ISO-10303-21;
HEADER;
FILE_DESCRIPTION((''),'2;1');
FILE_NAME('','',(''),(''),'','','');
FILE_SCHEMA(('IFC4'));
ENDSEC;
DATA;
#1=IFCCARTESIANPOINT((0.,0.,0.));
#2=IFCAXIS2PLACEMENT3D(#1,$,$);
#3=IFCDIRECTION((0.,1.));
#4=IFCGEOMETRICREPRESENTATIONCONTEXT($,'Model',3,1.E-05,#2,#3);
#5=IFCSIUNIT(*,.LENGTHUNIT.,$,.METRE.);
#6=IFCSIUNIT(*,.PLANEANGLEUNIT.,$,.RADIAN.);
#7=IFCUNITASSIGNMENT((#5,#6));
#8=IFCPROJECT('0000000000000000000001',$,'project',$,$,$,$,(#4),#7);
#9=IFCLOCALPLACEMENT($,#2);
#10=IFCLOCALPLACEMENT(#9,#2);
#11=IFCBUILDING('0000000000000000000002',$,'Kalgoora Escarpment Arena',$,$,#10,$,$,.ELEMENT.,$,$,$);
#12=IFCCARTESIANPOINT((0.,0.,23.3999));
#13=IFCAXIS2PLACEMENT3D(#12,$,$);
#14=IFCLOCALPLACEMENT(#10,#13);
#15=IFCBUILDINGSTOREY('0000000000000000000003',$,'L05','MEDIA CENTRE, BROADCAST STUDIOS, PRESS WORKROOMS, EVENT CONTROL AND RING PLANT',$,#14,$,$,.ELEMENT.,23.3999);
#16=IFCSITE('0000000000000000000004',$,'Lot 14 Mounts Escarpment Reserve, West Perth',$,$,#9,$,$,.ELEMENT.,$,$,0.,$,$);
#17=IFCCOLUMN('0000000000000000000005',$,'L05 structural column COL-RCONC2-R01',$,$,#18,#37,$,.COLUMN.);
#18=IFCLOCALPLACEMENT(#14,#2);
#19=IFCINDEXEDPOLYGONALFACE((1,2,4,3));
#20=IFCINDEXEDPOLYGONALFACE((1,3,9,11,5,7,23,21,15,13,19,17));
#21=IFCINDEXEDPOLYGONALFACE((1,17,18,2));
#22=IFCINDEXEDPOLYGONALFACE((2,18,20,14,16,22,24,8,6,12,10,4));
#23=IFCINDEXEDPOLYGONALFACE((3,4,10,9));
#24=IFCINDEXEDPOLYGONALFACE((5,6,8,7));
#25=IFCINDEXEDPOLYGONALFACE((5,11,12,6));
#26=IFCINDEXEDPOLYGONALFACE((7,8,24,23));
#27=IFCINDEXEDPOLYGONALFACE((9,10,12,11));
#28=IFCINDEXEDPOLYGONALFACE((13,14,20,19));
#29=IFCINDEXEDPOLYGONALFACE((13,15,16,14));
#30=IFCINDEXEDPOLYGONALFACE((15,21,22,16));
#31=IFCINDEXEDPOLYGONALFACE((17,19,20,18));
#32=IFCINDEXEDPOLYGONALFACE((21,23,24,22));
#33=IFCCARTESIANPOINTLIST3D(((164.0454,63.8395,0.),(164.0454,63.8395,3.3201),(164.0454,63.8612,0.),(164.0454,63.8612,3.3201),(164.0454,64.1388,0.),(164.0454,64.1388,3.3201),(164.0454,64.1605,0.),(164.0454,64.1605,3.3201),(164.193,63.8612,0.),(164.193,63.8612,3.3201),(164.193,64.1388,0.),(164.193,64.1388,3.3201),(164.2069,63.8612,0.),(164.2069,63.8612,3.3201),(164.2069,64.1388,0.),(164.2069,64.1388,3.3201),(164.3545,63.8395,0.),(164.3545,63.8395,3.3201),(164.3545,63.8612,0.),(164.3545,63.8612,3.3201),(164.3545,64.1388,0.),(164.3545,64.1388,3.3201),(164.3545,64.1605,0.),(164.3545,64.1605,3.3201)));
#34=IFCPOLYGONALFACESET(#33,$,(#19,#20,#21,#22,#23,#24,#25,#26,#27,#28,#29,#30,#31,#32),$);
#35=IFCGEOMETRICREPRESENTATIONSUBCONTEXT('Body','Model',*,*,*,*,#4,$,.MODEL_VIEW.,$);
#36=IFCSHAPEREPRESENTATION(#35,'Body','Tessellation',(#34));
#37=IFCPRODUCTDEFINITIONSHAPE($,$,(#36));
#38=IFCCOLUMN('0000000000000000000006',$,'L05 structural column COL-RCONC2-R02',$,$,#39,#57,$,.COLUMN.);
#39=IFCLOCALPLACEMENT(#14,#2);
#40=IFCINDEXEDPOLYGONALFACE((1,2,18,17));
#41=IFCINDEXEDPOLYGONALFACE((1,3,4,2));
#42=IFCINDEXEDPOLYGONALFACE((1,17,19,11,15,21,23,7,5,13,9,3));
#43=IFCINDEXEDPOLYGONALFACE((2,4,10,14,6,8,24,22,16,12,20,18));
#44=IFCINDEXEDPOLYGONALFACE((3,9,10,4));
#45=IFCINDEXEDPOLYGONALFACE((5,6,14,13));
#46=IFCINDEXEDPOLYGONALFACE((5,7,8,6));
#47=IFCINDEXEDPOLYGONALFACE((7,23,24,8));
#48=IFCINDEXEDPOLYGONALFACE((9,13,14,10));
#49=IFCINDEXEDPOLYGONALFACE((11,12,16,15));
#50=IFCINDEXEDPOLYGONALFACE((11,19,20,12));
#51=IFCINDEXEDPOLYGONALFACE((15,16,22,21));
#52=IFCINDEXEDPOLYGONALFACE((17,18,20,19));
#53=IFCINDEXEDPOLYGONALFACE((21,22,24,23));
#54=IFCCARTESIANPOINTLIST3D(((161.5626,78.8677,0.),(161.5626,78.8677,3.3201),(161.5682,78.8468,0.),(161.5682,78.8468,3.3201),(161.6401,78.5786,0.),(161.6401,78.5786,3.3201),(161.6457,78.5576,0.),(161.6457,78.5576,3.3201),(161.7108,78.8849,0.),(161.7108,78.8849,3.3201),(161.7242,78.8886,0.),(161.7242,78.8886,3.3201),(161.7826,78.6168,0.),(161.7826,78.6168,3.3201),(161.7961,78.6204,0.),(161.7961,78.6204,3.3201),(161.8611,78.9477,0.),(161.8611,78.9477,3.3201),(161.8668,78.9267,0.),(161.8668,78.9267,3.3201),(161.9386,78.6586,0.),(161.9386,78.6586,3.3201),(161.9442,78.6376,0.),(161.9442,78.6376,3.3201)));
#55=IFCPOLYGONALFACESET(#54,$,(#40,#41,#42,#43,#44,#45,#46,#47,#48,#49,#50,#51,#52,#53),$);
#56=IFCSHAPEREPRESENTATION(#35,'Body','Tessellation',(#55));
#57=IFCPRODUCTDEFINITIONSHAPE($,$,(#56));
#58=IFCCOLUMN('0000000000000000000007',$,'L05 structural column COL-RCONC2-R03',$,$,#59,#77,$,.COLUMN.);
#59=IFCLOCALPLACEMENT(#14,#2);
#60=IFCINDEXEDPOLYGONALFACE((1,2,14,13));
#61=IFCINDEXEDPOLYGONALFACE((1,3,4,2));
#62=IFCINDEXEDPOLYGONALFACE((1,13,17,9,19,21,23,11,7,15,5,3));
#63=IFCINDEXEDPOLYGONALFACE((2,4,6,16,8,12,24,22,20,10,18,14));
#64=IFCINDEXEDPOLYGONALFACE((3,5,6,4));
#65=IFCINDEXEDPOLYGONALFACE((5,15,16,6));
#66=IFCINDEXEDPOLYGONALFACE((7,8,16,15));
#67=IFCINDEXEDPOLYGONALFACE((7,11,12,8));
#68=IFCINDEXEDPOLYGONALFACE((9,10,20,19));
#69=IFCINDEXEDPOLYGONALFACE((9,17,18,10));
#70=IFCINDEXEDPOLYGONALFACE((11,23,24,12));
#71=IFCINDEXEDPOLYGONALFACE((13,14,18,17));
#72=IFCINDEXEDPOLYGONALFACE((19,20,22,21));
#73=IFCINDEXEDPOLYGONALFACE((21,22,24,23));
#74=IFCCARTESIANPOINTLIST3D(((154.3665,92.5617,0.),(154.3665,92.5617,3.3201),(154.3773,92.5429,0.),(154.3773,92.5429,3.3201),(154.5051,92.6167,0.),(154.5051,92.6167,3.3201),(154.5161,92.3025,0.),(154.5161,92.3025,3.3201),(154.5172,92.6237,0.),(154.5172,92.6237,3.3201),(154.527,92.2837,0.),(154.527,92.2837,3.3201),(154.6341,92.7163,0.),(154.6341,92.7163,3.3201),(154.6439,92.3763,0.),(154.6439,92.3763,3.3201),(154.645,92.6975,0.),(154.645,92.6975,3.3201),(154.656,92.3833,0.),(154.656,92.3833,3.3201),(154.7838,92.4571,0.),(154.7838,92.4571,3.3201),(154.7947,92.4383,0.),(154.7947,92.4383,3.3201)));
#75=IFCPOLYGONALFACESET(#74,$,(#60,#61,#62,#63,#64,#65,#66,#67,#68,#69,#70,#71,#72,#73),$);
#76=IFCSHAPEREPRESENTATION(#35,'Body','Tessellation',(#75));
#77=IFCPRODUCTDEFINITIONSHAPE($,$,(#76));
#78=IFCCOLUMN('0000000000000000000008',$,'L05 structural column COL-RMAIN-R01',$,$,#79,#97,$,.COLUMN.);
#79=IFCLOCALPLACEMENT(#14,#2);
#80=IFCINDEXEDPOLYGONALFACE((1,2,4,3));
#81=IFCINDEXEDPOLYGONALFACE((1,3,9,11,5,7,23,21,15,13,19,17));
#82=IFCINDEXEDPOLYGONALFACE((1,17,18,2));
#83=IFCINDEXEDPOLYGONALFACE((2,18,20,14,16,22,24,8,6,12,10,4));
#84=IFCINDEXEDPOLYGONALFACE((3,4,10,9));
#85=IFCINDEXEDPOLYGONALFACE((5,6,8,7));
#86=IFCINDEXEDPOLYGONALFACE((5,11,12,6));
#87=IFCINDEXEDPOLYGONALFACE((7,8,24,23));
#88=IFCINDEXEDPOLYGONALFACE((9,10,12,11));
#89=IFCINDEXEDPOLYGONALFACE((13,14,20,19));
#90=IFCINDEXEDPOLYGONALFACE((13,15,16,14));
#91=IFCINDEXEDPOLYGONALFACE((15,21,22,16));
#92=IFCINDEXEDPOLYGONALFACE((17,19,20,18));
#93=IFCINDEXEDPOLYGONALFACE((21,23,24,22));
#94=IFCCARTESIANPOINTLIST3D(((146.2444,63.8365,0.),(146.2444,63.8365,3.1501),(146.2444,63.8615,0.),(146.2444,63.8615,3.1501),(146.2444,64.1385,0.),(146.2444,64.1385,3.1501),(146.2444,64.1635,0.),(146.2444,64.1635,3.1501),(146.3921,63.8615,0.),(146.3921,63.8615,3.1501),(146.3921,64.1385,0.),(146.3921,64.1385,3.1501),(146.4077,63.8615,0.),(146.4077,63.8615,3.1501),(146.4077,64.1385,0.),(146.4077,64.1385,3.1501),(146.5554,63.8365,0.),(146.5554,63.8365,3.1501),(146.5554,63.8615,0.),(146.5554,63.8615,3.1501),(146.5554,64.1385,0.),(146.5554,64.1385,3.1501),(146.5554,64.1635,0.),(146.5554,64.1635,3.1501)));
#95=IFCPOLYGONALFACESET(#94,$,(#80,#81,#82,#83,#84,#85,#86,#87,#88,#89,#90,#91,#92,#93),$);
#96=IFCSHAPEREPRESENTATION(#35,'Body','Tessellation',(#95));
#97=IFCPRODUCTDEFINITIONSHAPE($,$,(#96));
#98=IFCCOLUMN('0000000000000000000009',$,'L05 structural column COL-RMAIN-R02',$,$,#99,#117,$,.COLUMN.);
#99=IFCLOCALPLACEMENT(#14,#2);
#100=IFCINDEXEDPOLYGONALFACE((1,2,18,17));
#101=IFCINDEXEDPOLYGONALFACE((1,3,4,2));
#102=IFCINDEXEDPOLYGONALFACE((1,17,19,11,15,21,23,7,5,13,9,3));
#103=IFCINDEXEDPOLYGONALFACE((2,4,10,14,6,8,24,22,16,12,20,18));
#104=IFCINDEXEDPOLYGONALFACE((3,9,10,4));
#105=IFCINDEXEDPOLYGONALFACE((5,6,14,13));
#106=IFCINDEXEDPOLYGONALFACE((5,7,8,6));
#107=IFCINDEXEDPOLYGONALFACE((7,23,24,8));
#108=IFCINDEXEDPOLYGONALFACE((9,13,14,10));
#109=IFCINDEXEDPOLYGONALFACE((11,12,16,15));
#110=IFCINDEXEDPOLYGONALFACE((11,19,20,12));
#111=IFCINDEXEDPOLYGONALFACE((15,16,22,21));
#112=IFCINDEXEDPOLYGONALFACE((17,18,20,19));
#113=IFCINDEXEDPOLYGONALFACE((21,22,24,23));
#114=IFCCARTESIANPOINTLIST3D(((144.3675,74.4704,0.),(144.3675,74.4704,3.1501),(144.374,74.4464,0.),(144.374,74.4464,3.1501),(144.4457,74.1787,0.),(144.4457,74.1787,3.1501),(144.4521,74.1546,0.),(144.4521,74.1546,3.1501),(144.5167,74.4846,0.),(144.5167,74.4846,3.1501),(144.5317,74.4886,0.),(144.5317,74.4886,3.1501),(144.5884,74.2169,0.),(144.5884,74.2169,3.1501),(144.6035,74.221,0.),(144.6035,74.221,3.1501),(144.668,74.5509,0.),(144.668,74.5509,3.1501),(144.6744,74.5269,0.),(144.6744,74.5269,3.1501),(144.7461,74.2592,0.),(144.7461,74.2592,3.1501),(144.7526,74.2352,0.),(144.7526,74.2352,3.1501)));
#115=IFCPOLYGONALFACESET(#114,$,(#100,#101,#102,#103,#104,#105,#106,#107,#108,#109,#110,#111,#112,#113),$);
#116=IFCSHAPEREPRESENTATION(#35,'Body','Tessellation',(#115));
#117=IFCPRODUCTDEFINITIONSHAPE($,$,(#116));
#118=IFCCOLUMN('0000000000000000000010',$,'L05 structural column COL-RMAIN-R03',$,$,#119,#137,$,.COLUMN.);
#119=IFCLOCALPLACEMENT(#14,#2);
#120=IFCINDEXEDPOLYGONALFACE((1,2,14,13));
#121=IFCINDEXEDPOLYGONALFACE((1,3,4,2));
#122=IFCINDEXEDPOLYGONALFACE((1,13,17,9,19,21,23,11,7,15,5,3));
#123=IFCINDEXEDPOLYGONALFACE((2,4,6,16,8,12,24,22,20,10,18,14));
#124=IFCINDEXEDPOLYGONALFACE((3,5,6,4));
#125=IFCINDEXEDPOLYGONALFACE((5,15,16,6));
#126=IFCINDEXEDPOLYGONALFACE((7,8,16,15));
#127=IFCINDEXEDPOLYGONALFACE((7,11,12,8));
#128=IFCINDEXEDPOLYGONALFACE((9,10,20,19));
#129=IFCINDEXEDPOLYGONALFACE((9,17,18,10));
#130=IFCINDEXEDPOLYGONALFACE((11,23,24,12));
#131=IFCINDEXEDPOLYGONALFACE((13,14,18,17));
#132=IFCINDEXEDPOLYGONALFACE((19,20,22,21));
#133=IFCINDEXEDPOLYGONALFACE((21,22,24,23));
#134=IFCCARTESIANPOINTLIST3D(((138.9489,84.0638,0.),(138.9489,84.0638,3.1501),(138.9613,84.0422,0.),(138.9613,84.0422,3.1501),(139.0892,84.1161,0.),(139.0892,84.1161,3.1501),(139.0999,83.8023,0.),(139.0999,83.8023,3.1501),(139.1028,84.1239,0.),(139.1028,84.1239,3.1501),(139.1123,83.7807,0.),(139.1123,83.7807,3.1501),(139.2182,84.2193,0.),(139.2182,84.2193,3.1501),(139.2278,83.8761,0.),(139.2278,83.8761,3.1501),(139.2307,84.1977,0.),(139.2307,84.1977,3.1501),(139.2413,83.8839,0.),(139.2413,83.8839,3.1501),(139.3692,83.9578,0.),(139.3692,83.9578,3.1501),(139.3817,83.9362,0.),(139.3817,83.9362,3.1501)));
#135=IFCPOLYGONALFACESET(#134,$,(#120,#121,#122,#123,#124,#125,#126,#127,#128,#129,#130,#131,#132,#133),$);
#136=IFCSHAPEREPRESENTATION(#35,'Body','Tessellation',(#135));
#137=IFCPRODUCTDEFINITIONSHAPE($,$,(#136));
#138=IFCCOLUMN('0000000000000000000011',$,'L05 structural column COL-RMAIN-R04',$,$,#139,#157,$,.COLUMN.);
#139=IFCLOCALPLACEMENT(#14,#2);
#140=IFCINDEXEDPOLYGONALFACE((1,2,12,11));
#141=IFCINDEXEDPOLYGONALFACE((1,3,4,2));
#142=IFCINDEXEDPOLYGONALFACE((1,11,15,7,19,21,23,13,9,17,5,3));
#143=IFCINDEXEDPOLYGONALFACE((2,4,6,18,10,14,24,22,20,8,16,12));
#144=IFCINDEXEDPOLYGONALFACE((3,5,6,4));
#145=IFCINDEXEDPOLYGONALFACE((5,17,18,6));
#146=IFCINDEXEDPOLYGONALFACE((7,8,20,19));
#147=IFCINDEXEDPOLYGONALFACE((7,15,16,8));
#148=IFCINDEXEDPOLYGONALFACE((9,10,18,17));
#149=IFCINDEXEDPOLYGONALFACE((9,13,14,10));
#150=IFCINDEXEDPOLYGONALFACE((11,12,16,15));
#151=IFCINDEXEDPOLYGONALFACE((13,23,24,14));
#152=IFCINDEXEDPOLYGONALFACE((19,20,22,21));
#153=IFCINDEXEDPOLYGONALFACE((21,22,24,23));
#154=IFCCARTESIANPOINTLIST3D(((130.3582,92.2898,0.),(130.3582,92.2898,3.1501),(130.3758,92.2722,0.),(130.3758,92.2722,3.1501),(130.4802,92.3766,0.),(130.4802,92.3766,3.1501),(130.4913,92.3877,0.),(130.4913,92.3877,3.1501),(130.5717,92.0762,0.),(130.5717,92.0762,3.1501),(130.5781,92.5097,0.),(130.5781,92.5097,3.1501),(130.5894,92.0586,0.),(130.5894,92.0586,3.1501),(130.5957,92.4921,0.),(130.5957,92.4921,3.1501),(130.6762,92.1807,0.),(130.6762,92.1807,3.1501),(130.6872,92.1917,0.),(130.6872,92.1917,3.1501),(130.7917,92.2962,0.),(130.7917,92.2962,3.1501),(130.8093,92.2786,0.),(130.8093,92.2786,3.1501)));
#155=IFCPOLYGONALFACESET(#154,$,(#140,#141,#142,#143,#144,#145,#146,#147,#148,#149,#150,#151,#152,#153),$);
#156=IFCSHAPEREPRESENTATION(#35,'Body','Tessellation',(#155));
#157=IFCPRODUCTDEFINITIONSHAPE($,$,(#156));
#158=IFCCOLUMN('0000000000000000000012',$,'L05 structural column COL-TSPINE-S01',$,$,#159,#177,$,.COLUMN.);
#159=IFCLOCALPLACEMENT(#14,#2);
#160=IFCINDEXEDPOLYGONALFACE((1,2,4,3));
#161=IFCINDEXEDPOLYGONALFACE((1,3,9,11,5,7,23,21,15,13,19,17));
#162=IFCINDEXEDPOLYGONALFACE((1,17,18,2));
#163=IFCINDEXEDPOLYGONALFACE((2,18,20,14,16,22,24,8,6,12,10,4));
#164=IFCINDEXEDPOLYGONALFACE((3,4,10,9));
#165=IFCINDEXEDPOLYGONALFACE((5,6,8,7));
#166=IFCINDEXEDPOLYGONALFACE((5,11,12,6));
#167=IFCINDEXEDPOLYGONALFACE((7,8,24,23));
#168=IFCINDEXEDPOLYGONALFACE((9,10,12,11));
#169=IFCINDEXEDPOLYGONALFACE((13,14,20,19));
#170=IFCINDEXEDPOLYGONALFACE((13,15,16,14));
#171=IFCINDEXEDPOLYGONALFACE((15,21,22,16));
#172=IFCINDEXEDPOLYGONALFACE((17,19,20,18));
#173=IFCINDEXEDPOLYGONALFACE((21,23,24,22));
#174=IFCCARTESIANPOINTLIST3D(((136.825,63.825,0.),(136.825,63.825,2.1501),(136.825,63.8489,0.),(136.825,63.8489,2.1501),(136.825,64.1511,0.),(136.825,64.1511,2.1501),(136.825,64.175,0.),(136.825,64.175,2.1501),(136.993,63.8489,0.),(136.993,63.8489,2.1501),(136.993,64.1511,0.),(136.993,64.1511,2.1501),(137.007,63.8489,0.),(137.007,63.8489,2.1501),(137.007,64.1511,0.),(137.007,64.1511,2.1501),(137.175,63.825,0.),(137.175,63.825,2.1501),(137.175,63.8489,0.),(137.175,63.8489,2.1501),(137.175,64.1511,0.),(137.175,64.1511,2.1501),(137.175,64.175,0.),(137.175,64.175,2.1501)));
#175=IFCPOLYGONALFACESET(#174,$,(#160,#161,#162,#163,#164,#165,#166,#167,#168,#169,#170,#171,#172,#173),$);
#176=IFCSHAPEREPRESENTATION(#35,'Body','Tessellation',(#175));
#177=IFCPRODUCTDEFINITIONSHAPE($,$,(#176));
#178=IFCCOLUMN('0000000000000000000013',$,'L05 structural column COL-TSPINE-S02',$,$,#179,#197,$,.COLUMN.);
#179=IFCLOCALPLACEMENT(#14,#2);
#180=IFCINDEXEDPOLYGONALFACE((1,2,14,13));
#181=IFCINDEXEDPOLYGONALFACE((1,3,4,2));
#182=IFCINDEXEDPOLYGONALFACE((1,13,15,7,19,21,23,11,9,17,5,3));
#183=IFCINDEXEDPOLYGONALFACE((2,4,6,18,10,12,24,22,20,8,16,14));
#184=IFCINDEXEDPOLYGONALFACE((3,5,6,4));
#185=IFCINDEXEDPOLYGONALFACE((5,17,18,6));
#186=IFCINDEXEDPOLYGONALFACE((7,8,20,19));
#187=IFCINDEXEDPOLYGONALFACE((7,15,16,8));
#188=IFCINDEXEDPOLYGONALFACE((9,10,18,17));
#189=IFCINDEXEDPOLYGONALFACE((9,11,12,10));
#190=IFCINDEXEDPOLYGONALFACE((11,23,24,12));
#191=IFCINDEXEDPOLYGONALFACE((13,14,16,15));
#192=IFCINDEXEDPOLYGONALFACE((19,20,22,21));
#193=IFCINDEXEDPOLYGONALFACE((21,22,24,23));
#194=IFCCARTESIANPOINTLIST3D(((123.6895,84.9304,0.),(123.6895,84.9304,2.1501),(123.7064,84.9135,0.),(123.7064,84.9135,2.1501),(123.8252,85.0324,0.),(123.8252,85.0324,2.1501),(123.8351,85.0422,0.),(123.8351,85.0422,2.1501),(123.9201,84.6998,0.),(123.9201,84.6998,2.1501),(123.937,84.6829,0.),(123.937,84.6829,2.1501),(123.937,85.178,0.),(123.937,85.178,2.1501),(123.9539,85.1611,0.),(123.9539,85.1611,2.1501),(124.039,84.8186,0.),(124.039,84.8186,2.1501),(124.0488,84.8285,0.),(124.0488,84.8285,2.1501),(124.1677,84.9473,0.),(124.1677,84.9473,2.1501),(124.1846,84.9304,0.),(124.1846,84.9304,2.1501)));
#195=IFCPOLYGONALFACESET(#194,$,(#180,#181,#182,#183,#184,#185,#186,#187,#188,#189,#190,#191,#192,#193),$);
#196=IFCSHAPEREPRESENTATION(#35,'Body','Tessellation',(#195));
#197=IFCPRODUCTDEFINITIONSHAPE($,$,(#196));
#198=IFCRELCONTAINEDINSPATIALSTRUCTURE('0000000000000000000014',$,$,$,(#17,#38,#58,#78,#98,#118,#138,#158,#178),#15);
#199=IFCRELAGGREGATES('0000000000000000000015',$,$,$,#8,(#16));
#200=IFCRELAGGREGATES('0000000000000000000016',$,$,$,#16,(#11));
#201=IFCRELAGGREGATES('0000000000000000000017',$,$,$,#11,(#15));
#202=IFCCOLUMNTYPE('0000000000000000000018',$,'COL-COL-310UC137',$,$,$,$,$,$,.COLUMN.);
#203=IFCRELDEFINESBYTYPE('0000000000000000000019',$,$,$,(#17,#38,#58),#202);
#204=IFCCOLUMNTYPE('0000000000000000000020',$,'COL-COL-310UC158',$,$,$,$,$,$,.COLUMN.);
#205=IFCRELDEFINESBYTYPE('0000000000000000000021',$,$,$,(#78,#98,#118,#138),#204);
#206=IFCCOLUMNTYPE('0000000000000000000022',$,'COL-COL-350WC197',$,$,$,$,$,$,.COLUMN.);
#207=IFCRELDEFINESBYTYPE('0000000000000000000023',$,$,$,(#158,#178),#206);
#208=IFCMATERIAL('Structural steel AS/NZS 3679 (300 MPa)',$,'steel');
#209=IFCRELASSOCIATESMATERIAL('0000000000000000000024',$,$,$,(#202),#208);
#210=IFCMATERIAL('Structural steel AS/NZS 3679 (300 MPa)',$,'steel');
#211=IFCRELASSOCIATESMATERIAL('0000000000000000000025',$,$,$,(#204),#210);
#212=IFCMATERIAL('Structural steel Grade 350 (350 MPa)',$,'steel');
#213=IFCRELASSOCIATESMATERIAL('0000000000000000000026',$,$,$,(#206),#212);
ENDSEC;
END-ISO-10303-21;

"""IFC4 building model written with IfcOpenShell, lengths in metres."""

from ifc_helpers import new_model, si_unit, direction, frame, origin, origin_2d, place, context, subcontext, project, spatial, i_section, extrude, material, material_profile, profile_set, type_object, element, save


model = new_model("IFC4")

# Units and contexts
model_context = context("Model", 3, precision=1e-05, world=origin(), true_north=direction((0.0, 1.0)))
body_context = subcontext(model_context, "Body", "Model", "MODEL_VIEW")
ifc_project = project(units=[si_unit("LENGTHUNIT", "METRE"), si_unit("PLANEANGLEUNIT", "RADIAN")], contexts=[model_context])

# Site, building, storey
site_placement = place(None, origin())
site = spatial("IfcSite", under=ifc_project, at=site_placement, Name="Lot 14 Mounts Escarpment Reserve, West Perth", CompositionType="ELEMENT", RefElevation=0.0)
building_placement = place(site_placement, origin())
building = spatial("IfcBuilding", under=site, at=building_placement, Name="Kalgoora Escarpment Arena", CompositionType="ELEMENT")
storey_placement = place(building_placement, frame((0.0, 0.0, 23.3999)))
storey = spatial("IfcBuildingStorey", under=building, at=storey_placement, Name="L05", Description="MEDIA CENTRE, BROADCAST STUDIOS, PRESS WORKROOMS, EVENT CONTROL AND RING PLANT", CompositionType="ELEMENT", Elevation=23.3999)

# Columns
ifc_material_1 = material(Name="Structural steel AS/NZS 3679 (300 MPa)", Category="steel")
ifc_material_profile_1 = material_profile(ifc_material_1, i_section(OverallWidth=0.3091, OverallDepth=0.321, WebThickness=0.0139, FlangeThickness=0.0217, at=origin_2d()))
ifc_profile_set_1 = profile_set([ifc_material_profile_1], Name="Structural steel AS/NZS 3679 (300 MPa)")
column_type_1 = type_object("IfcColumnType", Name="COL-COL-310UC137", PredefinedType="COLUMN", material=ifc_profile_set_1)
for number, where, z_axis, x_axis, name in (
    (1, (164.2, 64.0, 0.0), (0.0, 0.0, 1.0), (1.0, 0.0, 0.0), "L05 structural column COL-RCONC2-R01"),
    (2, (161.7534, 78.7527, 0.0), (0.0, 0.0, 1.0), (0.965926, 0.258819, 0.0), "L05 structural column COL-RCONC2-R02"),
    (3, (154.5806, 92.5, 0.0), (0.0, 0.0, 1.0), (0.866025, 0.5, 0.0), "L05 structural column COL-RCONC2-R03"),
):
    element("IfcColumn", number, at=place(storey_placement, frame(where, z_axis=z_axis, x_axis=x_axis)), inside=storey, type_object=column_type_1, Name=name, PredefinedType="COLUMN", context=body_context, shape_type="SweptSolid", body=[
        extrude(i_section(OverallWidth=0.3091, OverallDepth=0.321, WebThickness=0.0139, FlangeThickness=0.0217, at=origin_2d()), origin(), (0.0, 0.0, 1.0), 3.3201),
    ])
ifc_material_2 = material(Name="Structural steel AS/NZS 3679 (300 MPa)", Category="steel")
ifc_material_profile_2 = material_profile(ifc_material_2, i_section(OverallWidth=0.311, OverallDepth=0.3269, WebThickness=0.0156, FlangeThickness=0.0249, at=origin_2d()))
ifc_profile_set_2 = profile_set([ifc_material_profile_2], Name="Structural steel AS/NZS 3679 (300 MPa)")
column_type_2 = type_object("IfcColumnType", Name="COL-COL-310UC158", PredefinedType="COLUMN", material=ifc_profile_set_2)
for number, where, z_axis, x_axis, name in (
    (4, (146.3999, 64.0, 0.0), (0.0, 0.0, 1.0), (1.0, 0.0, 0.0), "L05 structural column COL-RMAIN-R01"),
    (5, (144.5601, 74.3528, 0.0), (0.0, 0.0, 1.0), (0.965926, 0.258819, 0.0), "L05 structural column COL-RMAIN-R02"),
    (6, (139.1653, 84.0, 0.0), (0.0, 0.0, 1.0), (0.866025, 0.5, 0.0), "L05 structural column COL-RMAIN-R03"),
    (7, (130.5837, 92.2842, 0.0), (0.0, 0.0, 1.0), (0.707107, 0.707107, 0.0), "L05 structural column COL-RMAIN-R04"),
):
    element("IfcColumn", number, at=place(storey_placement, frame(where, z_axis=z_axis, x_axis=x_axis)), inside=storey, type_object=column_type_2, Name=name, PredefinedType="COLUMN", context=body_context, shape_type="SweptSolid", body=[
        extrude(i_section(OverallWidth=0.311, OverallDepth=0.3269, WebThickness=0.0156, FlangeThickness=0.0249, at=origin_2d()), origin(), (0.0, 0.0, 1.0), 3.1501),
    ])
ifc_material_3 = material(Name="Structural steel Grade 350 (350 MPa)", Category="steel")
ifc_material_profile_3 = material_profile(ifc_material_3, i_section(OverallWidth=0.3501, OverallDepth=0.3501, WebThickness=0.0139, FlangeThickness=0.0239, at=origin_2d()))
ifc_profile_set_3 = profile_set([ifc_material_profile_3], Name="Structural steel Grade 350 (350 MPa)")
column_type_3 = type_object("IfcColumnType", Name="COL-COL-350WC197", PredefinedType="COLUMN", material=ifc_profile_set_3)
for number, where, z_axis, x_axis, name in (
    (8, (137.0, 64.0, 0.0), (0.0, 0.0, 1.0), (1.0, 0.0, 0.0), "L05 structural column COL-TSPINE-S01"),
    (9, (123.937, 84.9304, 0.0), (0.0, 0.0, 1.0), (0.707107, 0.707107, 0.0), "L05 structural column COL-TSPINE-S02"),
):
    element("IfcColumn", number, at=place(storey_placement, frame(where, z_axis=z_axis, x_axis=x_axis)), inside=storey, type_object=column_type_3, Name=name, PredefinedType="COLUMN", context=body_context, shape_type="SweptSolid", body=[
        extrude(i_section(OverallWidth=0.3501, OverallDepth=0.3501, WebThickness=0.0139, FlangeThickness=0.0239, at=origin_2d()), origin(), (0.0, 0.0, 1.0), 2.1501),
    ])

save(model, "model.ifc")
